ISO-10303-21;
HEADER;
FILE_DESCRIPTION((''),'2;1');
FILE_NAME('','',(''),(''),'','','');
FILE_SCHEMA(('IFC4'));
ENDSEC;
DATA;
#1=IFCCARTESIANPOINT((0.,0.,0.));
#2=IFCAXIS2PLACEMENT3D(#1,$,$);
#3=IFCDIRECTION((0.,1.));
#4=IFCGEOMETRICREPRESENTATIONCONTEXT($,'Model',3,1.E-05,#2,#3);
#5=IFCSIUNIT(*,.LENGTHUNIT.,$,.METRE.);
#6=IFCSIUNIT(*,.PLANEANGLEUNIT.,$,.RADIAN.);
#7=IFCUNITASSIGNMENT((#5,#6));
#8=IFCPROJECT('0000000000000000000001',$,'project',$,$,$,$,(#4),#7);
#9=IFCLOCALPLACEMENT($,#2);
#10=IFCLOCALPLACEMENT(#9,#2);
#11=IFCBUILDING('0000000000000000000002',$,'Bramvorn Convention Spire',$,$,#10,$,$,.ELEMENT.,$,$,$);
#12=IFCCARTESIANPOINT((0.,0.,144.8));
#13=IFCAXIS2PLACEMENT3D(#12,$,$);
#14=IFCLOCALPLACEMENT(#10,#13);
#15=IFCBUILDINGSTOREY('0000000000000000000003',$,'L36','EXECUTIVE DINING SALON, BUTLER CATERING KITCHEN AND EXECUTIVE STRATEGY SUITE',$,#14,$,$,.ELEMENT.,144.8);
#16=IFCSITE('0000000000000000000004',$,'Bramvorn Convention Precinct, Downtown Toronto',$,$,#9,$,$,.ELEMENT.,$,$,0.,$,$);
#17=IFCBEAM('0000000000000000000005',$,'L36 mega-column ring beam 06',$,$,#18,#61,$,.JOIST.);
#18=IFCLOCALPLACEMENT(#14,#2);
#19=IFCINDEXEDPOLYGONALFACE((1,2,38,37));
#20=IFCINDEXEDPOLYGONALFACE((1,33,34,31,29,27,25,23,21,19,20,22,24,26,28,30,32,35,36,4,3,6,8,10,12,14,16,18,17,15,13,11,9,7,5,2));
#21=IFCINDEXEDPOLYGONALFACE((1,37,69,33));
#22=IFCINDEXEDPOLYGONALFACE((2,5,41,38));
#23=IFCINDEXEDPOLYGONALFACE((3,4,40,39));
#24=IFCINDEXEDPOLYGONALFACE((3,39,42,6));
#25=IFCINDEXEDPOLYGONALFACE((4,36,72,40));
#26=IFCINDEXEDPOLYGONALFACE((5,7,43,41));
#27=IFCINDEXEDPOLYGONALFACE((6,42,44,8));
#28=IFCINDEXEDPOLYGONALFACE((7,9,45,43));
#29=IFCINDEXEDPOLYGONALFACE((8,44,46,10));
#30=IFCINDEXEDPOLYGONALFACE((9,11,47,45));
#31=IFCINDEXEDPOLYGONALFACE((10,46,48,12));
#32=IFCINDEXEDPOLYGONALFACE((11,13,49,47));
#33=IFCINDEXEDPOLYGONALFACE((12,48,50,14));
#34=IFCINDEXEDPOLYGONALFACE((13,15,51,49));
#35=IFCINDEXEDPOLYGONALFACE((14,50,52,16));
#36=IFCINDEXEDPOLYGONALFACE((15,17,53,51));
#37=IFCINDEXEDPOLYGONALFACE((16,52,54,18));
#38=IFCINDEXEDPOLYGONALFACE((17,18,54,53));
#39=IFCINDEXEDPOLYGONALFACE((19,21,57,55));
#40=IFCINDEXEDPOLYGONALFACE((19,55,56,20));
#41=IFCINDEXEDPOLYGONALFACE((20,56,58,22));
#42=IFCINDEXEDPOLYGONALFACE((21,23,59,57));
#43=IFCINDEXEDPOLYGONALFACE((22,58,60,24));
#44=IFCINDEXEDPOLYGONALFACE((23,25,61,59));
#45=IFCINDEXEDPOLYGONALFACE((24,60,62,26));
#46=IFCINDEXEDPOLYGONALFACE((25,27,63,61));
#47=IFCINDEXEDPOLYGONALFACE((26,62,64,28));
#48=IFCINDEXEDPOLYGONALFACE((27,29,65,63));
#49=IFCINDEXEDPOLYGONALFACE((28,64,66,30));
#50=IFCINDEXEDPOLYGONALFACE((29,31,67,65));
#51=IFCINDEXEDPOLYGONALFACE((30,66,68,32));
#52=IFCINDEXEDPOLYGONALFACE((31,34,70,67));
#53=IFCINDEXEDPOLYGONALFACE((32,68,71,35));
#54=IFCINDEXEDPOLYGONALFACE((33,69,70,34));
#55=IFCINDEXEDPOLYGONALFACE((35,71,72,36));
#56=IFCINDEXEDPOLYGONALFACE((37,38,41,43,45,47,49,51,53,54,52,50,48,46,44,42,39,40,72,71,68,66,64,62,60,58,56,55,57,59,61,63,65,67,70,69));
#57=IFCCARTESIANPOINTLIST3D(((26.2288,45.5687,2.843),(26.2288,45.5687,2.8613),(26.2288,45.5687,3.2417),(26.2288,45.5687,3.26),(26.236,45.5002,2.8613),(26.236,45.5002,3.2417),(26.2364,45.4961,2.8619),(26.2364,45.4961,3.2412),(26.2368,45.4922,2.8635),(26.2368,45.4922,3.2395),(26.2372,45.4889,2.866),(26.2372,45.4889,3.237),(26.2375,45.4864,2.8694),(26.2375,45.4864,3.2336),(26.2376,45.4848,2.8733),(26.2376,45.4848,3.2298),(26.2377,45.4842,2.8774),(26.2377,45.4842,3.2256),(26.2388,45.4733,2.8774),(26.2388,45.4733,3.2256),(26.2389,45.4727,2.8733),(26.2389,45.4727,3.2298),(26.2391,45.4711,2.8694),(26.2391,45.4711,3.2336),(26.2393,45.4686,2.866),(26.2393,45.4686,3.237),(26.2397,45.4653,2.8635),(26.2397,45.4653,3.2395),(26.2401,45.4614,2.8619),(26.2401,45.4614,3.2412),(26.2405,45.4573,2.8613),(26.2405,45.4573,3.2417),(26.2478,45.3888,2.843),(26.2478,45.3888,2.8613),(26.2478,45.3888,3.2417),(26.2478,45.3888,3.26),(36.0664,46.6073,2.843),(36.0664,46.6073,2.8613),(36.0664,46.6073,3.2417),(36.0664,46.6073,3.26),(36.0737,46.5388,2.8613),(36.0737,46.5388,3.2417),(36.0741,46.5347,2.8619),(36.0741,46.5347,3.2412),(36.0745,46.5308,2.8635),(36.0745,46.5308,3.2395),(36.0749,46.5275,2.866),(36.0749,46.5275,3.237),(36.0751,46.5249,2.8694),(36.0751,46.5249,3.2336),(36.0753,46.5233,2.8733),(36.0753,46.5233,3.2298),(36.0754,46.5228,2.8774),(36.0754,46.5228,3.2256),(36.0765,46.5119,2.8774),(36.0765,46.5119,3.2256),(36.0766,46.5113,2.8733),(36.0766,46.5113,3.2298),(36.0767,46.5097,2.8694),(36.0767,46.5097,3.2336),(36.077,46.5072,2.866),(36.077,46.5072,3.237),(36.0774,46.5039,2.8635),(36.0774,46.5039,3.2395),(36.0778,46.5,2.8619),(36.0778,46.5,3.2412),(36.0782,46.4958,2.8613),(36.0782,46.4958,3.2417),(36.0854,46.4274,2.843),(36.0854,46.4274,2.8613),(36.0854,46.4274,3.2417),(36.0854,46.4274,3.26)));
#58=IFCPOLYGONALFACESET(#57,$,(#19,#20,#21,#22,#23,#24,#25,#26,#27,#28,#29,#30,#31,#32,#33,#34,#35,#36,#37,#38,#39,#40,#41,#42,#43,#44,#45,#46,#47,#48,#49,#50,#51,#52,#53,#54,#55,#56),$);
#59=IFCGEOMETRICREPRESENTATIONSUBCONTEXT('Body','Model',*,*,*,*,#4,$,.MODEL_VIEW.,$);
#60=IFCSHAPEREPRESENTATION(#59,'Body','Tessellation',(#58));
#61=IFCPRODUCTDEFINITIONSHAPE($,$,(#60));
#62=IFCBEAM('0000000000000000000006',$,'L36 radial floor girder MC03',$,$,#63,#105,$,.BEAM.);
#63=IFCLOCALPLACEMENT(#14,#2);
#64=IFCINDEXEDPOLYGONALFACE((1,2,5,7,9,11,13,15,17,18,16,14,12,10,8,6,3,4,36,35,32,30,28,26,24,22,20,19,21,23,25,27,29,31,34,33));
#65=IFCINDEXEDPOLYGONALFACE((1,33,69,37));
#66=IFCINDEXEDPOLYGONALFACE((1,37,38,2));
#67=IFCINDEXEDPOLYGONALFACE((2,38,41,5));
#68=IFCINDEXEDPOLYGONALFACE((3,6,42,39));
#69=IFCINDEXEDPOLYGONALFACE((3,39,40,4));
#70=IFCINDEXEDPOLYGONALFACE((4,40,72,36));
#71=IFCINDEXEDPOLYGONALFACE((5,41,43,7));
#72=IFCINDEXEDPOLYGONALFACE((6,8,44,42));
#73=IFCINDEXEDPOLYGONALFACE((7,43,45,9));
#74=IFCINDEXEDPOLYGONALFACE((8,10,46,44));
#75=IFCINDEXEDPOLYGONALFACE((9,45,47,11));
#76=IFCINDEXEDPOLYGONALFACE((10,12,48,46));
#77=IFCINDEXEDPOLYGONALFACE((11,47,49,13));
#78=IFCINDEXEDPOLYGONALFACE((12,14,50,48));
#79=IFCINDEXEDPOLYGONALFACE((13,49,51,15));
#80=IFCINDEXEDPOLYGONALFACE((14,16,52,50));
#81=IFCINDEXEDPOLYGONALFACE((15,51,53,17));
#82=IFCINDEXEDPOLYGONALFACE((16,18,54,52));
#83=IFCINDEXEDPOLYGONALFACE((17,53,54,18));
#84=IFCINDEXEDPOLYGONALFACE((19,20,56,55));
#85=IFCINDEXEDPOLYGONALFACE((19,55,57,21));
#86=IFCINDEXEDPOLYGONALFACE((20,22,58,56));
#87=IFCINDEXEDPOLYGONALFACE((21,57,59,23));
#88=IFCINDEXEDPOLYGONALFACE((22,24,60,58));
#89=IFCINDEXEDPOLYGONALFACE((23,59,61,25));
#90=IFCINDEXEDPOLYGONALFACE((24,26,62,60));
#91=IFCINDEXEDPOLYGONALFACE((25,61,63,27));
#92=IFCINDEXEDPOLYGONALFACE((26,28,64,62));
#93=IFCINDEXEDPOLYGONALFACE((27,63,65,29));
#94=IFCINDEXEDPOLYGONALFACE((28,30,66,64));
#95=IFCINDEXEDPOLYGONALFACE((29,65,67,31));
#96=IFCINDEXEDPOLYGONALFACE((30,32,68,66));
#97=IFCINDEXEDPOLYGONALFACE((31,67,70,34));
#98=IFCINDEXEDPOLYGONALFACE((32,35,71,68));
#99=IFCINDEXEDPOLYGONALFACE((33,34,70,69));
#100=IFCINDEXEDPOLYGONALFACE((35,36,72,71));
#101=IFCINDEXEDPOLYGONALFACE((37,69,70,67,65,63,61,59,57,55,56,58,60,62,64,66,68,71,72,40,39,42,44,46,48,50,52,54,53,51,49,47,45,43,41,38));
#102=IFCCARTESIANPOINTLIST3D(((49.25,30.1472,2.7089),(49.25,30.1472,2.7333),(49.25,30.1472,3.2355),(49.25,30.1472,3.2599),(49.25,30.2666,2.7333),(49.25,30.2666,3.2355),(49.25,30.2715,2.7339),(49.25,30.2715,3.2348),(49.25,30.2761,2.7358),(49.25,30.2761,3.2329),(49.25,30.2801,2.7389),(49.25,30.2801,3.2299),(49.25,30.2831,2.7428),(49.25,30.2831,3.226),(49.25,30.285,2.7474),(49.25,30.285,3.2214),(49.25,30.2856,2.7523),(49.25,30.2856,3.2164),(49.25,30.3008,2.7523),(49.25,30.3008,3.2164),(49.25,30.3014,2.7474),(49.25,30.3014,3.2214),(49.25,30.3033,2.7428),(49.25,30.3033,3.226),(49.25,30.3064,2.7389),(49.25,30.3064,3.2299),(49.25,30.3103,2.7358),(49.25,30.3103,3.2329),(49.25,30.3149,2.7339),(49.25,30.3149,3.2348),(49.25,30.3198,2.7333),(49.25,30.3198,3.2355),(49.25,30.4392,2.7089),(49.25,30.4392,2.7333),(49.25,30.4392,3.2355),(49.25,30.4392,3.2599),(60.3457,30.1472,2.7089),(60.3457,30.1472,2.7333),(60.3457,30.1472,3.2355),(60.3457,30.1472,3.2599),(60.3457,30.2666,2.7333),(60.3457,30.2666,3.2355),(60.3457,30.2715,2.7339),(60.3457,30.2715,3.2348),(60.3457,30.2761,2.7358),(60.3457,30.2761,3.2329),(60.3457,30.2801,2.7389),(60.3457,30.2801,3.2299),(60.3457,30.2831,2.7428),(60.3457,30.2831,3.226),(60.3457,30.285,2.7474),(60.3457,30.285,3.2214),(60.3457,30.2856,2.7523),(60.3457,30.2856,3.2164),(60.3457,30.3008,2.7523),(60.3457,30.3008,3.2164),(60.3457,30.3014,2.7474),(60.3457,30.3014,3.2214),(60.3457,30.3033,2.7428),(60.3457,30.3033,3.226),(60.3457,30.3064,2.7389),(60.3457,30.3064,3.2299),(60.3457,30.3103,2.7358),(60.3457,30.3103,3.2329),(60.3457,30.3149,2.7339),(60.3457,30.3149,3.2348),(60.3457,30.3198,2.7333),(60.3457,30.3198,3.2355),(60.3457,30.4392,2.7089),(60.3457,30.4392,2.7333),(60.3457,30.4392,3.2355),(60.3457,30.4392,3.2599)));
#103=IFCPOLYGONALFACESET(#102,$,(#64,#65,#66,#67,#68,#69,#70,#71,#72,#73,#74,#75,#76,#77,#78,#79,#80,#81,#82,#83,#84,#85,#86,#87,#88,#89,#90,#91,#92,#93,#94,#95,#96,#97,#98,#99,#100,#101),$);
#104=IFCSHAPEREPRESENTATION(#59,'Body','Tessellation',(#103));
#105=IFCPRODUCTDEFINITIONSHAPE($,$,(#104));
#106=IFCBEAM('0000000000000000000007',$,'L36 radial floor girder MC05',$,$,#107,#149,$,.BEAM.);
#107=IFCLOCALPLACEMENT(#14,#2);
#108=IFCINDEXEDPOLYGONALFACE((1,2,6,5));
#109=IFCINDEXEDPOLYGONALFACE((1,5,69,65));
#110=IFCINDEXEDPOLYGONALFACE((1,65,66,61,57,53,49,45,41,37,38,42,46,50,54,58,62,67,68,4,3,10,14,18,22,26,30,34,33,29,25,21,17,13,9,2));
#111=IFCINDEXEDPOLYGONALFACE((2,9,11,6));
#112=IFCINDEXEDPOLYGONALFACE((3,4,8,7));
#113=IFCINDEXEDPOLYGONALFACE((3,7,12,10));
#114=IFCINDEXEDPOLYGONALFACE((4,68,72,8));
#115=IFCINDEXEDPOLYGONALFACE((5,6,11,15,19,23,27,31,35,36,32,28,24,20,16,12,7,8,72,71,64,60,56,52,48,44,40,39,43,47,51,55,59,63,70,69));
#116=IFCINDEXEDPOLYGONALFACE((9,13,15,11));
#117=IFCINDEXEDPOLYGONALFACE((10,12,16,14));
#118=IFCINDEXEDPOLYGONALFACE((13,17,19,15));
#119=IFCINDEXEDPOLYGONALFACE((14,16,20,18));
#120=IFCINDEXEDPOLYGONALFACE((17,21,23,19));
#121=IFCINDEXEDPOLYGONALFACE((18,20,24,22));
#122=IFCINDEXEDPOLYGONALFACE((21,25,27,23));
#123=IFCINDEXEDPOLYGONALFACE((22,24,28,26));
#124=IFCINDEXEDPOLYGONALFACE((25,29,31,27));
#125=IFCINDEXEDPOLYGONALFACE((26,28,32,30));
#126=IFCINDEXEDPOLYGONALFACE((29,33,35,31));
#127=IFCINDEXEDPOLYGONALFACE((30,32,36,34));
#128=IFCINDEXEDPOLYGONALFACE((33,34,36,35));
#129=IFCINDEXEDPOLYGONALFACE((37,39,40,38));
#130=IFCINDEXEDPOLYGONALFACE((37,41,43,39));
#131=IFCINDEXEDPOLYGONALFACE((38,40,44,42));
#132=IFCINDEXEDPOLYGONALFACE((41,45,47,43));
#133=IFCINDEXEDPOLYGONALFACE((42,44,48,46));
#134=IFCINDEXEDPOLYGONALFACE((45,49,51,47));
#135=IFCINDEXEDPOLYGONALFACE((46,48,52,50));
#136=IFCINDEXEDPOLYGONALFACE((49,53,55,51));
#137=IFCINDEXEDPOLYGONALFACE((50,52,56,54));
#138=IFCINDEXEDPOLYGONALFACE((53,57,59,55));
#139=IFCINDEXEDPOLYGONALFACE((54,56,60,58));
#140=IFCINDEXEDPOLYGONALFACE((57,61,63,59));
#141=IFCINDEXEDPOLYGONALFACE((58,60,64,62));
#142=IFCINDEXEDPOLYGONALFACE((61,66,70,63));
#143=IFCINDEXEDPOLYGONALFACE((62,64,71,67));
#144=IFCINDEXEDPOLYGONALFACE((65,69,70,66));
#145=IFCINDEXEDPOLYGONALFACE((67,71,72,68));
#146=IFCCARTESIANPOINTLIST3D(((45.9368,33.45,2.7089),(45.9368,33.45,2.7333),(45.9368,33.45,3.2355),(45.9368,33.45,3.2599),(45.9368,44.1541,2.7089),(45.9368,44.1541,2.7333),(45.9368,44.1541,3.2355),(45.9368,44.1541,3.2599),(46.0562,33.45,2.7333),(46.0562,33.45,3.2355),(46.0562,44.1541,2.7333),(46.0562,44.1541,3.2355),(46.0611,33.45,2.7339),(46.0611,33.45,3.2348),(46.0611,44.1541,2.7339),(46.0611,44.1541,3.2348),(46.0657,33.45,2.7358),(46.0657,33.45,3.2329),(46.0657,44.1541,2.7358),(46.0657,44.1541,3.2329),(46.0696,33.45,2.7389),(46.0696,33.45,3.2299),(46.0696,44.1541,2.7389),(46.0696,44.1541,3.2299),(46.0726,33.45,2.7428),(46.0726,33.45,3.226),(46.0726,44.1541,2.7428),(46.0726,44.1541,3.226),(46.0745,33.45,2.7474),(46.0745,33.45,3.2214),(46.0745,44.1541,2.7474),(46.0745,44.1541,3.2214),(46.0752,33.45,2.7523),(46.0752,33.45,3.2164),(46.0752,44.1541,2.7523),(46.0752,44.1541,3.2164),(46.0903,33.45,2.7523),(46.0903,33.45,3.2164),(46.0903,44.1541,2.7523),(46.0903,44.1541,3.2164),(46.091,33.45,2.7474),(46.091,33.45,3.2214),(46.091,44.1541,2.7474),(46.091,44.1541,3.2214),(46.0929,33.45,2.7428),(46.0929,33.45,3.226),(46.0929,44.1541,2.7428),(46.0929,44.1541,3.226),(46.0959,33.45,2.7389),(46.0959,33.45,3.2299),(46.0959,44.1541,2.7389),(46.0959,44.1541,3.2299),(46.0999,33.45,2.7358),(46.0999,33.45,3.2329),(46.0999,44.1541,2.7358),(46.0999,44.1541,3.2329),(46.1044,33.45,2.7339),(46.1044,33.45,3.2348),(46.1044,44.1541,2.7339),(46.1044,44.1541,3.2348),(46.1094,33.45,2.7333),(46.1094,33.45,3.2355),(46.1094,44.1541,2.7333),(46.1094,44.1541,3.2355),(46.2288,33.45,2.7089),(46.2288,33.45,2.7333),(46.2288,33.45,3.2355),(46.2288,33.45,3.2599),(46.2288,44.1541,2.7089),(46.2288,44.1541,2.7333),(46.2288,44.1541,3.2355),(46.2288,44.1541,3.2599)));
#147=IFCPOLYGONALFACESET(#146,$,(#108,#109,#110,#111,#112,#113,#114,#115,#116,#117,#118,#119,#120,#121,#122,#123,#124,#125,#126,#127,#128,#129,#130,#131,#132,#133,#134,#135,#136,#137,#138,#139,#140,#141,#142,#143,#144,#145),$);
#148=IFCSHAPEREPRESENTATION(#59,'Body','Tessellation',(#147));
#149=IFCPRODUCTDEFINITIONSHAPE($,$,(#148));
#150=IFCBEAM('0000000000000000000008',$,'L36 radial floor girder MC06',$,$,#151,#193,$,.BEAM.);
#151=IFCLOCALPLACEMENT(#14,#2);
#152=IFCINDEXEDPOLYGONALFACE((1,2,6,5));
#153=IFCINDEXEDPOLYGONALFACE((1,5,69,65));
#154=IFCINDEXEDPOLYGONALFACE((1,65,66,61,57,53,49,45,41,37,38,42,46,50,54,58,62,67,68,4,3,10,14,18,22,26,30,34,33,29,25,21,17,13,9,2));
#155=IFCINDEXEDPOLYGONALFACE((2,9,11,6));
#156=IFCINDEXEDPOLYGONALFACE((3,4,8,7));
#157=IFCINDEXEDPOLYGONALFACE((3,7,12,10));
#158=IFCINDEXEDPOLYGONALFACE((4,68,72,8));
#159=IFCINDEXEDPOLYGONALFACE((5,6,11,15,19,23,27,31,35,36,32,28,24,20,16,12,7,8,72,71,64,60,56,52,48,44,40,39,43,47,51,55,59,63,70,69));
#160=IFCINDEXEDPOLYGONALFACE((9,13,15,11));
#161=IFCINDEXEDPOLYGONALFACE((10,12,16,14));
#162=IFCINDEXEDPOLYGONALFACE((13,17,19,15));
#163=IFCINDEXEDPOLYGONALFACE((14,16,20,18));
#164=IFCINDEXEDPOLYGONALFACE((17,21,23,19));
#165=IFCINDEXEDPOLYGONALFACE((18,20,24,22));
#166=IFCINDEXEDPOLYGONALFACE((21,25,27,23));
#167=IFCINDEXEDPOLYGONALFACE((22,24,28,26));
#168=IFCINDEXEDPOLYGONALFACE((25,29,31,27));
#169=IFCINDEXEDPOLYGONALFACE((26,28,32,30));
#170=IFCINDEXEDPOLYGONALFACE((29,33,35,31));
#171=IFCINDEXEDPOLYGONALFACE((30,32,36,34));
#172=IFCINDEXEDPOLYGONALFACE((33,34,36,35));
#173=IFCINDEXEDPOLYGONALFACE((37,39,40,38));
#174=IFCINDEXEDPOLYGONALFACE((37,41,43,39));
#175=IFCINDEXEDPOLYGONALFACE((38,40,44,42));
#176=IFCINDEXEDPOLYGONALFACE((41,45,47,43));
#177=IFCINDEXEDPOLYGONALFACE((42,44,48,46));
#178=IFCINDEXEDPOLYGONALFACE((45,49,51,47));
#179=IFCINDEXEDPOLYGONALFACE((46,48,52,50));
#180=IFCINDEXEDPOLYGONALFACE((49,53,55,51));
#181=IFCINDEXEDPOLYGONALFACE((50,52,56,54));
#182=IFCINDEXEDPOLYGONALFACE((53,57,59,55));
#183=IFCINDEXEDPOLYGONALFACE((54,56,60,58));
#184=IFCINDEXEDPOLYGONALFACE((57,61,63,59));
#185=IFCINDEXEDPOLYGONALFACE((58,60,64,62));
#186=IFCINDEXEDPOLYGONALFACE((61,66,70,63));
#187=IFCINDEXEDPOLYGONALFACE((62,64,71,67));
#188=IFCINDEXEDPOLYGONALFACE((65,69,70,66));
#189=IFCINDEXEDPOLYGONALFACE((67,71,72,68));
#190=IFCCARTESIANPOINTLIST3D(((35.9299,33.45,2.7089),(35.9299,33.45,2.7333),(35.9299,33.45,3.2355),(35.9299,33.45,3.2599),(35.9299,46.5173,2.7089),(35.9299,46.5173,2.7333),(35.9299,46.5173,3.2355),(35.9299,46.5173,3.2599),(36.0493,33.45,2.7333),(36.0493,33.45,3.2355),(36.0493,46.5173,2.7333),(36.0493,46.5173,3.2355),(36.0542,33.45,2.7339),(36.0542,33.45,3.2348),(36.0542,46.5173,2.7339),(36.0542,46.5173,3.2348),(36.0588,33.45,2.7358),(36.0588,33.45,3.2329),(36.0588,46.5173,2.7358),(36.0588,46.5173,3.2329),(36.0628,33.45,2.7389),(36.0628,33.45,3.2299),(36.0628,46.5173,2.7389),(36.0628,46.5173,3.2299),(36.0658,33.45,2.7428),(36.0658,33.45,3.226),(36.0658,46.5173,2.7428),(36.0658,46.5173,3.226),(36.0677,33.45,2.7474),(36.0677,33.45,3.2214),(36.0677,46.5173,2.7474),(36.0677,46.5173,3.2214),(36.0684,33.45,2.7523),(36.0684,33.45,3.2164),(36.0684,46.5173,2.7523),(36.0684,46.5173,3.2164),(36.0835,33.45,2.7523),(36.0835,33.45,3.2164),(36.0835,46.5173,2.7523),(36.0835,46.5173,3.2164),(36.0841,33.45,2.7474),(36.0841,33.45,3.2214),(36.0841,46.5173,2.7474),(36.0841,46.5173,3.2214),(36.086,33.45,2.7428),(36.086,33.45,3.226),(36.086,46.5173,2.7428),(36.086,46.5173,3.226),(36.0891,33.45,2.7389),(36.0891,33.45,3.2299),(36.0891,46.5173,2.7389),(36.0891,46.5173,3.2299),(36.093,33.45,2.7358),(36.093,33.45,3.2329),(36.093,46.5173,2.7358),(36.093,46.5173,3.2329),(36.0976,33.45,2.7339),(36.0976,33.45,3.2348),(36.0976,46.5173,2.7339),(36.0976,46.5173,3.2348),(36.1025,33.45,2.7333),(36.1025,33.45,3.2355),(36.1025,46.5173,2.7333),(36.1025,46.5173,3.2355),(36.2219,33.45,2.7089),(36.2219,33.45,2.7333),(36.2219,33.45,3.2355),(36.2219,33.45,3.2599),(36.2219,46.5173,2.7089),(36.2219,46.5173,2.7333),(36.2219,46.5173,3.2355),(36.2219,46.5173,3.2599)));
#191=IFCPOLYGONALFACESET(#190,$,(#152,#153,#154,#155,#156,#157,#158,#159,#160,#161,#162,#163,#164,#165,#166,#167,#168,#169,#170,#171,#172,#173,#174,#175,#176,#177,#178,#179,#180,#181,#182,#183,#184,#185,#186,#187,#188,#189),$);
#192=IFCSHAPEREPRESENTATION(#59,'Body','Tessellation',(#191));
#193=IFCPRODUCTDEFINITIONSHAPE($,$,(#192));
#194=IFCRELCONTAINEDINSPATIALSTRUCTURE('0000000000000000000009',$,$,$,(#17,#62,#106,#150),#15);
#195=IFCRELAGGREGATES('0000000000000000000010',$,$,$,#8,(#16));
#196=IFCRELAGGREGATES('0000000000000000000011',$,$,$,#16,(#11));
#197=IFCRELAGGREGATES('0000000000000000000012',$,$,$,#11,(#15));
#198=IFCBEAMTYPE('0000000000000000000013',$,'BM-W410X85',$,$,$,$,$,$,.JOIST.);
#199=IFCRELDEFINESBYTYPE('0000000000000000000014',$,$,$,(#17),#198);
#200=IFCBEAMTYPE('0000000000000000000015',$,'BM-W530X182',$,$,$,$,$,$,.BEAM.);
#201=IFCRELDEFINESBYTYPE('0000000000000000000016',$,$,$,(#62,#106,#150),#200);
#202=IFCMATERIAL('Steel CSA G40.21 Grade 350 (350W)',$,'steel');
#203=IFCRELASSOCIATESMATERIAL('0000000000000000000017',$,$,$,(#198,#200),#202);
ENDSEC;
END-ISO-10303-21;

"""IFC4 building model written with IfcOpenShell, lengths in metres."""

from ifc_helpers import new_model, si_unit, direction, frame, origin, origin_2d, place, context, subcontext, project, spatial, i_section, extrude, material, material_profile, profile_set, type_object, element, save


model = new_model("IFC4")

# Units and contexts
model_context = context("Model", 3, precision=1e-05, world=origin(), true_north=direction((0.0, 1.0)))
body_context = subcontext(model_context, "Body", "Model", "MODEL_VIEW")
ifc_project = project(units=[si_unit("LENGTHUNIT", "METRE"), si_unit("PLANEANGLEUNIT", "RADIAN")], contexts=[model_context])

# Site, building, storey
site_placement = place(None, origin())
site = spatial("IfcSite", under=ifc_project, at=site_placement, Name="Bramvorn Convention Precinct, Downtown Toronto", CompositionType="ELEMENT", RefElevation=0.0)
building_placement = place(site_placement, origin())
building = spatial("IfcBuilding", under=site, at=building_placement, Name="Bramvorn Convention Spire", CompositionType="ELEMENT")
storey_placement = place(building_placement, frame((0.0, 0.0, 144.8)))
storey = spatial("IfcBuildingStorey", under=building, at=storey_placement, Name="L36", Description="EXECUTIVE DINING SALON, BUTLER CATERING KITCHEN AND EXECUTIVE STRATEGY SUITE", CompositionType="ELEMENT", Elevation=144.8)

# Shared definitions
ifc_material_1 = material(Name="Steel CSA G40.21 Grade 350 (350W)", Category="steel")

# Beams
ifc_material_profile_1 = material_profile(ifc_material_1, i_section(OverallWidth=0.1809, OverallDepth=0.417, WebThickness=0.011, FlangeThickness=0.0183, FilletRadius=0.0161, at=origin_2d()))
ifc_profile_set_1 = profile_set([ifc_material_profile_1], Name="Steel CSA G40.21 Grade 350 (350W) - W410X85")
beam_type_1 = type_object("IfcBeamType", Name="BM-W410X85", PredefinedType="JOIST", material=ifc_profile_set_1)
beam_1_placement = place(storey_placement, frame((36.0759, 46.5173, 3.0515), z_axis=(-0.994473, -0.104988, 0.0), x_axis=(0.104988, -0.994473, 0.0)))
element("IfcBeam", 1, at=beam_1_placement, inside=storey, type_object=beam_type_1, Name="L36 mega-column ring beam 06", PredefinedType="JOIST", context=body_context, shape_type="SweptSolid", body=[
    extrude(i_section(OverallWidth=0.1809, OverallDepth=0.417, WebThickness=0.011, FlangeThickness=0.0183, FilletRadius=0.0161, at=origin_2d()), origin(), (0.0, 0.0, 1.0), 9.8923),
])
ifc_material_profile_2 = material_profile(ifc_material_1, i_section(OverallWidth=0.292, OverallDepth=0.551, WebThickness=0.0151, FlangeThickness=0.0244, FilletRadius=0.019, at=origin_2d()))
ifc_profile_set_2 = profile_set([ifc_material_profile_2], Name="Steel CSA G40.21 Grade 350 (350W) - W530X182")
beam_type_2 = type_object("IfcBeamType", Name="BM-W530X182", PredefinedType="BEAM", material=ifc_profile_set_2)
beam_2_placement = place(storey_placement, frame((49.25, 30.2932, 2.9844), z_axis=(1.0, 0.0, 0.0), x_axis=(0.0, 1.0, 0.0)))
element("IfcBeam", 2, at=beam_2_placement, inside=storey, type_object=beam_type_2, Name="L36 radial floor girder MC03", PredefinedType="BEAM", context=body_context, shape_type="SweptSolid", body=[
    extrude(i_section(OverallWidth=0.292, OverallDepth=0.551, WebThickness=0.0151, FlangeThickness=0.0244, FilletRadius=0.019, at=origin_2d()), origin(), (0.0, 0.0, 1.0), 11.0957),
])
beam_3_placement = place(storey_placement, frame((46.0828, 33.45, 2.9844), z_axis=(0.0, 1.0, 0.0), x_axis=(-1.0, 0.0, 0.0)))
element("IfcBeam", 3, at=beam_3_placement, inside=storey, type_object=beam_type_2, Name="L36 radial floor girder MC05", PredefinedType="BEAM", context=body_context, shape_type="SweptSolid", body=[
    extrude(i_section(OverallWidth=0.292, OverallDepth=0.551, WebThickness=0.0151, FlangeThickness=0.0244, FilletRadius=0.019, at=origin_2d()), origin(), (0.0, 0.0, 1.0), 10.7041),
])
beam_4_placement = place(storey_placement, frame((36.0759, 33.45, 2.9844), z_axis=(0.0, 1.0, 0.0), x_axis=(-1.0, 0.0, 0.0)))
element("IfcBeam", 4, at=beam_4_placement, inside=storey, type_object=beam_type_2, Name="L36 radial floor girder MC06", PredefinedType="BEAM", context=body_context, shape_type="SweptSolid", body=[
    extrude(i_section(OverallWidth=0.292, OverallDepth=0.551, WebThickness=0.0151, FlangeThickness=0.0244, FilletRadius=0.019, at=origin_2d()), origin(), (0.0, 0.0, 1.0), 13.0674),
])

save(model, "model.ifc")
